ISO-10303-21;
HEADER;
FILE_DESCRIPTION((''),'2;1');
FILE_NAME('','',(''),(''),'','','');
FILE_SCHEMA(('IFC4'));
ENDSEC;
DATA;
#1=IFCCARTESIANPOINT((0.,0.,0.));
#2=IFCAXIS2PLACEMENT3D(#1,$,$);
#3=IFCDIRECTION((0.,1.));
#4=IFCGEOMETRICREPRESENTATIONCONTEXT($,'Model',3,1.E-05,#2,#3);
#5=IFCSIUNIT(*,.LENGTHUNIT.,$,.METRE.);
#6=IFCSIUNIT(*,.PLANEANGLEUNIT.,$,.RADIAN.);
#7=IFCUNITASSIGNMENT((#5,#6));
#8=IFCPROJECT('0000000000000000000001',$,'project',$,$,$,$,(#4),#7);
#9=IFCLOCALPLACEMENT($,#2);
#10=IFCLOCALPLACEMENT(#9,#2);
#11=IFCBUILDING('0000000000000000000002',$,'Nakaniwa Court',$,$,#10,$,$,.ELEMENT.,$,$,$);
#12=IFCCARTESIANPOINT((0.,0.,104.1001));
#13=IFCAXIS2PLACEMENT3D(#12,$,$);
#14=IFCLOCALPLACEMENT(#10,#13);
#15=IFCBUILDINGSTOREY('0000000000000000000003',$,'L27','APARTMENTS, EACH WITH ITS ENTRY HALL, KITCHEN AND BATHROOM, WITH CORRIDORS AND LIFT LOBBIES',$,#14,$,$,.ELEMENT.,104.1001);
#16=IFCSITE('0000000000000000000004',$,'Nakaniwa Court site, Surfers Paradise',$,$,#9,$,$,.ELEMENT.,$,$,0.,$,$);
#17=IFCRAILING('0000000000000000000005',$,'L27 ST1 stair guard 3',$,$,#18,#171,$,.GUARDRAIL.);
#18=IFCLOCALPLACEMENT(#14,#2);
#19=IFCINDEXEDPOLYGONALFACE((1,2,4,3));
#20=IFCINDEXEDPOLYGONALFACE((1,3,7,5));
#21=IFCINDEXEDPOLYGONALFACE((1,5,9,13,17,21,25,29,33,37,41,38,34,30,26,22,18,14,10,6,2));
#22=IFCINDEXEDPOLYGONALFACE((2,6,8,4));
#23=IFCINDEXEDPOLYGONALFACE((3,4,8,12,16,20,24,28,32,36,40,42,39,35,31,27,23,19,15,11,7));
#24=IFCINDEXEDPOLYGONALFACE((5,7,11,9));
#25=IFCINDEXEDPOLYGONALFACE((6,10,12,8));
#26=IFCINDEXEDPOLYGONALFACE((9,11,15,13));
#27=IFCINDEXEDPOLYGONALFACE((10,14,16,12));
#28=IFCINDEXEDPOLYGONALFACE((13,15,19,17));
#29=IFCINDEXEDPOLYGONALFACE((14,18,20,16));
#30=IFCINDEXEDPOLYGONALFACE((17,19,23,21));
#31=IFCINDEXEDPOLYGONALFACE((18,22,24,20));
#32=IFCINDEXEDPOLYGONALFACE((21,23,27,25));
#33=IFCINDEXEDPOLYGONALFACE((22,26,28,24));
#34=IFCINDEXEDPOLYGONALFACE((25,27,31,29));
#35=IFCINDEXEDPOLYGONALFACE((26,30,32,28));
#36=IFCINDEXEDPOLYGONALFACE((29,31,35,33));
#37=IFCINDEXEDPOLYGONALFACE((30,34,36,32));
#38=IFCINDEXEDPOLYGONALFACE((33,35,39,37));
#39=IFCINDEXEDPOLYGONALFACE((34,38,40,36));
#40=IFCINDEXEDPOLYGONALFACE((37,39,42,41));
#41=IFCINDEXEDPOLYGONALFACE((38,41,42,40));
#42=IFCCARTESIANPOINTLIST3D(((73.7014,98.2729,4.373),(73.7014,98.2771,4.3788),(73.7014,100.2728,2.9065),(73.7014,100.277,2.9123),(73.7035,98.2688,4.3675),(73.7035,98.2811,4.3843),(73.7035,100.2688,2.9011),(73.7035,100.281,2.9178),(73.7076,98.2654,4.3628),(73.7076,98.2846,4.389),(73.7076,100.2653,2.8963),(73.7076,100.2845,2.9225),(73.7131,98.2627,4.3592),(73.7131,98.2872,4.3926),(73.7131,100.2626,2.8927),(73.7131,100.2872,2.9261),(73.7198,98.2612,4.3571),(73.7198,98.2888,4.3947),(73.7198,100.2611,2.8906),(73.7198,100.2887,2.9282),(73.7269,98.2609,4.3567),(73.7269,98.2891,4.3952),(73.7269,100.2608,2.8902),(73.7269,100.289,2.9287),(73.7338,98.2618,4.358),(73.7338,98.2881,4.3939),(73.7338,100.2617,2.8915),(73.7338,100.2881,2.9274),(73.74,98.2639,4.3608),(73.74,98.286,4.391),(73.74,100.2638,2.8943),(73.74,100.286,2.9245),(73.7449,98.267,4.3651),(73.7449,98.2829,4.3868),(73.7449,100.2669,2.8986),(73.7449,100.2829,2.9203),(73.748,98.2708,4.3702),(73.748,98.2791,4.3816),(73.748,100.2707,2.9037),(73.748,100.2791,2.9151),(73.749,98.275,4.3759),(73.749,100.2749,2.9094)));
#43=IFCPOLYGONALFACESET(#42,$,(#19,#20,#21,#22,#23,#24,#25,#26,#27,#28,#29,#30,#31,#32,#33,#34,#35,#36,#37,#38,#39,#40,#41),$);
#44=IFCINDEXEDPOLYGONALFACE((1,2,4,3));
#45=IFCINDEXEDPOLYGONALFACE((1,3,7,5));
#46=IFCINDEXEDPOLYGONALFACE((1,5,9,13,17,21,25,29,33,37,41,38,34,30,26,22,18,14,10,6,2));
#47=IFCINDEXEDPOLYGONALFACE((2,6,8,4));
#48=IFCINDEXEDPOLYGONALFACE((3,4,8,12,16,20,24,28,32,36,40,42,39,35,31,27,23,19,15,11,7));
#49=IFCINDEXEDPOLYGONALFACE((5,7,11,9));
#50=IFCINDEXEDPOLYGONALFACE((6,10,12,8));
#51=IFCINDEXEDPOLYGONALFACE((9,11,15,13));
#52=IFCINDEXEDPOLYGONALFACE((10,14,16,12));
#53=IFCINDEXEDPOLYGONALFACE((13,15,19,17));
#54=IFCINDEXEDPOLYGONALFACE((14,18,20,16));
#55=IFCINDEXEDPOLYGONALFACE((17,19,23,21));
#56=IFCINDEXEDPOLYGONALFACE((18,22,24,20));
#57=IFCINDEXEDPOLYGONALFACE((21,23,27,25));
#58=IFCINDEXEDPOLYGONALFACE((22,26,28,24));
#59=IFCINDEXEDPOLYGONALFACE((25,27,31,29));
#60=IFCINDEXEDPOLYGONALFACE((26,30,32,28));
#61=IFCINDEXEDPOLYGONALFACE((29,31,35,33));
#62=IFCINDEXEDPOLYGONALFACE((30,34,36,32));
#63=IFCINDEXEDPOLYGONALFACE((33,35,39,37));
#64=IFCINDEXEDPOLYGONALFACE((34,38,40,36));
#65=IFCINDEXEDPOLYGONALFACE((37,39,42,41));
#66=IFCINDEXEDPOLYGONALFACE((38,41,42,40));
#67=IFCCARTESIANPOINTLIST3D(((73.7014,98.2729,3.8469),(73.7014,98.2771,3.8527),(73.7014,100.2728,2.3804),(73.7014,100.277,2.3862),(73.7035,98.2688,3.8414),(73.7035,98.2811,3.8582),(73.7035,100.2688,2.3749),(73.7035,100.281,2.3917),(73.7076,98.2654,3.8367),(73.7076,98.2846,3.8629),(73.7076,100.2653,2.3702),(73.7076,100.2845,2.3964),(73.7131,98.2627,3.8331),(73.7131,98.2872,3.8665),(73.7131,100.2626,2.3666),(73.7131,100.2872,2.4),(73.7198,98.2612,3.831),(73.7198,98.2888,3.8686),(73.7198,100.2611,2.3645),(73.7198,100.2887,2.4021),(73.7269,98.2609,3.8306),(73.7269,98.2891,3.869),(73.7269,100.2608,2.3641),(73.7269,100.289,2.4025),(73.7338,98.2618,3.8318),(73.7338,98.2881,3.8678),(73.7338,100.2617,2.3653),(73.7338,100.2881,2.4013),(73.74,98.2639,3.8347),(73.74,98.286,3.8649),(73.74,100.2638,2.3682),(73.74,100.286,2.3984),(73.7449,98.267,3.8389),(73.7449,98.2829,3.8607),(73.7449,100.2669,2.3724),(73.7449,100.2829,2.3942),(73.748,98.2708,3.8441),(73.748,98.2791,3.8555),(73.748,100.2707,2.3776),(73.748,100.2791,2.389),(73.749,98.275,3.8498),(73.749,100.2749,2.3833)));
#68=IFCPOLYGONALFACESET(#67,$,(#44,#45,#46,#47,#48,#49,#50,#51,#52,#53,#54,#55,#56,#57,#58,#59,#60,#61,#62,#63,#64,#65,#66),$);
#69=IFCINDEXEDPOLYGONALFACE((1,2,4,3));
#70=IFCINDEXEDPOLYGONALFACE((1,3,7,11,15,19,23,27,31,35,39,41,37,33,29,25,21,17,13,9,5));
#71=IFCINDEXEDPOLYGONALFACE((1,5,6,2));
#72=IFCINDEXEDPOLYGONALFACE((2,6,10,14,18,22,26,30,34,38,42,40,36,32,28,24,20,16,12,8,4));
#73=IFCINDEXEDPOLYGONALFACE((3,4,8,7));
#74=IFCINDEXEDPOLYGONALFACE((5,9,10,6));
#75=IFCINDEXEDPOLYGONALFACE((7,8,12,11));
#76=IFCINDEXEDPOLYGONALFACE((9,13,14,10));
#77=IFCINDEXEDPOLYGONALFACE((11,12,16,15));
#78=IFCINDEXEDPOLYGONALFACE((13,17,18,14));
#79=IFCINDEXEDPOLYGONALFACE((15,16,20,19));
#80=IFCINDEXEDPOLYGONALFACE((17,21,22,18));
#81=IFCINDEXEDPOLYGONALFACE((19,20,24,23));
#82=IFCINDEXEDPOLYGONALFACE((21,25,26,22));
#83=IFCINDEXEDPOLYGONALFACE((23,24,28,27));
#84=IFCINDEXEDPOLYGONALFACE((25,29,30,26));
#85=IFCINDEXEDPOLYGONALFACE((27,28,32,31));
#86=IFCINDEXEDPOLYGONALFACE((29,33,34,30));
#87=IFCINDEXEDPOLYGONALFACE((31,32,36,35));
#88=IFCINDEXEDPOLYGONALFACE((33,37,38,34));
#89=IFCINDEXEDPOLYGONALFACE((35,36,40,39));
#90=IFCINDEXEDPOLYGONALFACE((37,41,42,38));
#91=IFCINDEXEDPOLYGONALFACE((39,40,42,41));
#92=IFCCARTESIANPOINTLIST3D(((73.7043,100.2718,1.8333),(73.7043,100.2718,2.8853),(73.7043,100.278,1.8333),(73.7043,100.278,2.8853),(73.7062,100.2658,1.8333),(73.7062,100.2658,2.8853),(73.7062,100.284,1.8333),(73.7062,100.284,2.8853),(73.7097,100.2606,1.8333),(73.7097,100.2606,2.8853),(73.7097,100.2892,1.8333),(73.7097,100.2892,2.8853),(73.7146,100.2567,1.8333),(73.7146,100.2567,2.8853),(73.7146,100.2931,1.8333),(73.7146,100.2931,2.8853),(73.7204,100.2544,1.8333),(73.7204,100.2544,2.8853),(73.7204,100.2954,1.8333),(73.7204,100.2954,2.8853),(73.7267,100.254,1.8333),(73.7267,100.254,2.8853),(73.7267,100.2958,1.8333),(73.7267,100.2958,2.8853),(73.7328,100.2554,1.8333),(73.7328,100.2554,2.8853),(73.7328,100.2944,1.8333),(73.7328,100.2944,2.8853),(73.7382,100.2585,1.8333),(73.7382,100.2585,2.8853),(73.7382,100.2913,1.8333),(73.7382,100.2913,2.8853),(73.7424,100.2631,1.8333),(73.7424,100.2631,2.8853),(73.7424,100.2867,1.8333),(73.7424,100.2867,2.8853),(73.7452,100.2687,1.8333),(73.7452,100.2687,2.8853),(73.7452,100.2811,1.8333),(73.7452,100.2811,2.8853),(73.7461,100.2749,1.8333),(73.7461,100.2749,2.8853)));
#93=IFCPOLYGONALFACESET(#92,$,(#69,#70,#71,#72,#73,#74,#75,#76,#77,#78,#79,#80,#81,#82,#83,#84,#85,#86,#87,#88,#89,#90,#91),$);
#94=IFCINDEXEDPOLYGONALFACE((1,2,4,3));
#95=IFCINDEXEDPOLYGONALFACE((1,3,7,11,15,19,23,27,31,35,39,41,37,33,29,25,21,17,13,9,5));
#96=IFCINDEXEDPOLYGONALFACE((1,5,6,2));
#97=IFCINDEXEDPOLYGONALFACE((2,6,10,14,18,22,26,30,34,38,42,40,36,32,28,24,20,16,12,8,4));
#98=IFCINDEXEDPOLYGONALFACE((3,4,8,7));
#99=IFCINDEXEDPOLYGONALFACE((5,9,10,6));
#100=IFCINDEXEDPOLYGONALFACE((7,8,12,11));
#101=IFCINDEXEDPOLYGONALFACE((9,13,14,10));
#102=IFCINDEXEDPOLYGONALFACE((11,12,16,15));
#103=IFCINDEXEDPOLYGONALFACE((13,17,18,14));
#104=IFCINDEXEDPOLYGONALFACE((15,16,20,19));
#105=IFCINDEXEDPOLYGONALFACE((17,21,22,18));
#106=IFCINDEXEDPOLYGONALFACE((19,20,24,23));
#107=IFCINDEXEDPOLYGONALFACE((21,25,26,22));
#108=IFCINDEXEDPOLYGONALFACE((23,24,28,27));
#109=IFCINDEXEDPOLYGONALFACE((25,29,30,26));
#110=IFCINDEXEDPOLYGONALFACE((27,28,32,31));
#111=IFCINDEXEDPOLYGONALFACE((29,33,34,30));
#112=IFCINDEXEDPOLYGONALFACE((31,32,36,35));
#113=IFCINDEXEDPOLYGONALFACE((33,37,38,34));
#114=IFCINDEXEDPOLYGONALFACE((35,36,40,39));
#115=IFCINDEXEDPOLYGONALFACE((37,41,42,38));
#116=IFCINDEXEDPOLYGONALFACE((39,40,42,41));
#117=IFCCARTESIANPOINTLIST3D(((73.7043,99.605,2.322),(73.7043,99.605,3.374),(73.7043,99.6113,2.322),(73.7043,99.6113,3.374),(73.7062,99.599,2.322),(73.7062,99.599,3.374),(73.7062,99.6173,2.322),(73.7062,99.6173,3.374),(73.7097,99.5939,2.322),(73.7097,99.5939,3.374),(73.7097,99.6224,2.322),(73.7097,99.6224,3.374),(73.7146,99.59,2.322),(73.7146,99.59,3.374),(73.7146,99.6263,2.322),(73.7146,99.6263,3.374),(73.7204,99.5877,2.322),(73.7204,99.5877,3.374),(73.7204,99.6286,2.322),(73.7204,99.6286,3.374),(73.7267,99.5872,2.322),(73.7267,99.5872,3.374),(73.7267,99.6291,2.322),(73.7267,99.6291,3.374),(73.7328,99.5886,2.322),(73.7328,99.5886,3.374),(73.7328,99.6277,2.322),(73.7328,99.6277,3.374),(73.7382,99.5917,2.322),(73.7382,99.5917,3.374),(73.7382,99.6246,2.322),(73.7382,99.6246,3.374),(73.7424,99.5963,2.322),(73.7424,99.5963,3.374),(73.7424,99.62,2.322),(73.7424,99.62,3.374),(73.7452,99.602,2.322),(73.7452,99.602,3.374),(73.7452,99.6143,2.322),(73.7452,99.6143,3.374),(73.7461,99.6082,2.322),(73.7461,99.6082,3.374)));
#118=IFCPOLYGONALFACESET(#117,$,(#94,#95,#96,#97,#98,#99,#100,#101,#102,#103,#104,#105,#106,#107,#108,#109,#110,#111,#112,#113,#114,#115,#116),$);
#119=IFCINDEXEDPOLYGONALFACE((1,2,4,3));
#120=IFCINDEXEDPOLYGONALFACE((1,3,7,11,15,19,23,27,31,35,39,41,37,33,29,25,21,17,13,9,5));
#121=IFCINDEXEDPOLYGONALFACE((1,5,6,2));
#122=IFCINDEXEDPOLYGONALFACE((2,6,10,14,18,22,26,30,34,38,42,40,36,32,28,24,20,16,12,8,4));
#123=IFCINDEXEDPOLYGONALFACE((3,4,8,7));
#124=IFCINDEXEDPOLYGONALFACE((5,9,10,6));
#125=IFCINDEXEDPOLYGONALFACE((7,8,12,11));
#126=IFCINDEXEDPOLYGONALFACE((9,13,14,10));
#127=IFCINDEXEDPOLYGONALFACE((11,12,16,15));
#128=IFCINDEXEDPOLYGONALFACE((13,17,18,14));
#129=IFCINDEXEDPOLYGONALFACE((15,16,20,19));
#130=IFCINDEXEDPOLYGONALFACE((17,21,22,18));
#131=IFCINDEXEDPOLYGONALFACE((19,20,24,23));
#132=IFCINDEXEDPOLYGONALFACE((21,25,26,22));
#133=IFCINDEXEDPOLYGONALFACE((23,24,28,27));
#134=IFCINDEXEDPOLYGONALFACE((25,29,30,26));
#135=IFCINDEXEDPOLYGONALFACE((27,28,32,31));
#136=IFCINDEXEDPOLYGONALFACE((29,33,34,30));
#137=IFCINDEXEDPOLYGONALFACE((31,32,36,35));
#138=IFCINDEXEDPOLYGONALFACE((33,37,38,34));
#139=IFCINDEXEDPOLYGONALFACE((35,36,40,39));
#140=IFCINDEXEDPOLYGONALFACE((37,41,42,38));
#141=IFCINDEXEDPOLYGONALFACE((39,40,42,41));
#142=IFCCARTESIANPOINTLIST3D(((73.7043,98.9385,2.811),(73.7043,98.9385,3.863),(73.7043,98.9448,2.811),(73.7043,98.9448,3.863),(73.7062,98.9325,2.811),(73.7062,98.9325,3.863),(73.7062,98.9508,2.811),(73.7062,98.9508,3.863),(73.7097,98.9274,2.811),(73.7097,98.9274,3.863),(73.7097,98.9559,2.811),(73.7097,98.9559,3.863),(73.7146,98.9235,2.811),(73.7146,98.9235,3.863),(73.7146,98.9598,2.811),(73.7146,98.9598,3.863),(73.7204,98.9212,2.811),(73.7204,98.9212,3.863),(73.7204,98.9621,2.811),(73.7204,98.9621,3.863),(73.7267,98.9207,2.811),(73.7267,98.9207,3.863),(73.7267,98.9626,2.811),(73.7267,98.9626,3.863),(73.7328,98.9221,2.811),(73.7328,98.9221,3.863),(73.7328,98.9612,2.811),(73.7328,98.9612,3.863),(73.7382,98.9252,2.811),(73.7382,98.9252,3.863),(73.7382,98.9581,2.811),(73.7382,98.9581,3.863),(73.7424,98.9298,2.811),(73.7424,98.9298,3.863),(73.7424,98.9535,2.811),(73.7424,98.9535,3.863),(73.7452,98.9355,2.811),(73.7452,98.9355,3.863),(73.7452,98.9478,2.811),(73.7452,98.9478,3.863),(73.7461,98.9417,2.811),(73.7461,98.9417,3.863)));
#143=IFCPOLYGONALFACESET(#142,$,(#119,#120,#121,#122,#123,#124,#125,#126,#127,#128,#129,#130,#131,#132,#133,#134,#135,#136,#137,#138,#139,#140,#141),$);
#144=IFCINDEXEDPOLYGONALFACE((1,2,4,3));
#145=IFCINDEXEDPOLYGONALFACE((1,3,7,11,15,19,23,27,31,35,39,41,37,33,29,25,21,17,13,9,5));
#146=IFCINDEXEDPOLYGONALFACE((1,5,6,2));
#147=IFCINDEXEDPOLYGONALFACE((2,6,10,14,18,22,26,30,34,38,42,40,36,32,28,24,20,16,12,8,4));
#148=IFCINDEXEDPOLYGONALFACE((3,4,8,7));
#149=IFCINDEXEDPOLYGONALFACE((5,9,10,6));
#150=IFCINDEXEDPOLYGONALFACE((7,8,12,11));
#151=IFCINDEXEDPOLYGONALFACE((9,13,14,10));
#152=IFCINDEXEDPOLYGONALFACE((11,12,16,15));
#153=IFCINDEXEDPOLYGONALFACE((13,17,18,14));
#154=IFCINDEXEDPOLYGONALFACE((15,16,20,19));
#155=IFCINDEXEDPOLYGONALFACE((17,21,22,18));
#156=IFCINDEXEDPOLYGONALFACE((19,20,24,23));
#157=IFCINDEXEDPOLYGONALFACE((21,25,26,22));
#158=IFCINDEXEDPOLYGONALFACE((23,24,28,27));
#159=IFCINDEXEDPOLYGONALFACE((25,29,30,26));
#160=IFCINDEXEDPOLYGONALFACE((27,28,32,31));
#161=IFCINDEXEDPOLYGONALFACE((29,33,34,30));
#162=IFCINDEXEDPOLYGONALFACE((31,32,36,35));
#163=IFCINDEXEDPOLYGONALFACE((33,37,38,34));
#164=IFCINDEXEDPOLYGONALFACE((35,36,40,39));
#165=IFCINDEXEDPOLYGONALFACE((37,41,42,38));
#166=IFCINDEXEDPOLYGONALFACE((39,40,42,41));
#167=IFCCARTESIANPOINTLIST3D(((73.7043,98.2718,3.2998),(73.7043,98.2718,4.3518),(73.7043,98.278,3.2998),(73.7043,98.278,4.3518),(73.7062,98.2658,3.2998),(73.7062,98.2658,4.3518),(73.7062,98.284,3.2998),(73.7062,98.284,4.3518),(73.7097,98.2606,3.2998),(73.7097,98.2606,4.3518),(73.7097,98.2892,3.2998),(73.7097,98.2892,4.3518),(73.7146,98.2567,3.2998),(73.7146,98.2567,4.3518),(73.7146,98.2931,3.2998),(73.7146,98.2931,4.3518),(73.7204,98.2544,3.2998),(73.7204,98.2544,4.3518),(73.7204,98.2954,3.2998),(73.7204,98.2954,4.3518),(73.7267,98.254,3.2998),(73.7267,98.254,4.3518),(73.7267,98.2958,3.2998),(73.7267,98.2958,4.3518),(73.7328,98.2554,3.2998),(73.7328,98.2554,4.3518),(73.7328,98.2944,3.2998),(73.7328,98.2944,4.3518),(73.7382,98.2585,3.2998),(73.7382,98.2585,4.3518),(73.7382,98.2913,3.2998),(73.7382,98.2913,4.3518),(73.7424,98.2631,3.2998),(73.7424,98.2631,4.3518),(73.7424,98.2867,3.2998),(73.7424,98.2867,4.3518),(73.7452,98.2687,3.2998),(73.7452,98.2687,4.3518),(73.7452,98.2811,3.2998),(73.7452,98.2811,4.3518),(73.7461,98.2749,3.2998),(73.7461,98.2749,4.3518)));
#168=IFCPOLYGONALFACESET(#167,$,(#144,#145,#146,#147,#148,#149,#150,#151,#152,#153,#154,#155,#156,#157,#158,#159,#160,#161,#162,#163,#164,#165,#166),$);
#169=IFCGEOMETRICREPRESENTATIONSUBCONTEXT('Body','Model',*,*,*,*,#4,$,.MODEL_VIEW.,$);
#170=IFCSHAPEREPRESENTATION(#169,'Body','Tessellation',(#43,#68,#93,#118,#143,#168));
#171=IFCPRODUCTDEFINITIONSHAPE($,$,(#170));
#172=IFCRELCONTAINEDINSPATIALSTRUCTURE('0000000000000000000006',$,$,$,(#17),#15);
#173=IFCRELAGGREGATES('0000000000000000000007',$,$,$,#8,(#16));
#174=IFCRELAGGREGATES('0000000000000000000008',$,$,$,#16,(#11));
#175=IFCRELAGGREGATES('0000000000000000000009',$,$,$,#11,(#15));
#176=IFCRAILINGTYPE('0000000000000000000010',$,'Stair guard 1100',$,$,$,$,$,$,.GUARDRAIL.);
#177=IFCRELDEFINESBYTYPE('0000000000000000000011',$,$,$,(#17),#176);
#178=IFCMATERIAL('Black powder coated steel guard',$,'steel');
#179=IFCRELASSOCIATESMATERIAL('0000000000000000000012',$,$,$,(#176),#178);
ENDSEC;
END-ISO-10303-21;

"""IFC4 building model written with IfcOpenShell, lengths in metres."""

from ifc_helpers import new_model, si_unit, direction, frame, origin, origin_2d, place, context, subcontext, project, spatial, circle, extrude, material, type_object, element, save


model = new_model("IFC4")

# Units and contexts
model_context = context("Model", 3, precision=1e-05, world=origin(), true_north=direction((0.0, 1.0)))
body_context = subcontext(model_context, "Body", "Model", "MODEL_VIEW")
ifc_project = project(units=[si_unit("LENGTHUNIT", "METRE"), si_unit("PLANEANGLEUNIT", "RADIAN")], contexts=[model_context])

# Site, building, storey
site_placement = place(None, origin())
site = spatial("IfcSite", under=ifc_project, at=site_placement, Name="Nakaniwa Court site, Surfers Paradise", CompositionType="ELEMENT", RefElevation=0.0)
building_placement = place(site_placement, origin())
building = spatial("IfcBuilding", under=site, at=building_placement, Name="Nakaniwa Court", CompositionType="ELEMENT")
storey_placement = place(building_placement, frame((0.0, 0.0, 104.1001)))
storey = spatial("IfcBuildingStorey", under=building, at=storey_placement, Name="L27", Description="APARTMENTS, EACH WITH ITS ENTRY HALL, KITCHEN AND BATHROOM, WITH CORRIDORS AND LIFT LOBBIES", CompositionType="ELEMENT", Elevation=104.1001)

# Railing
ifc_material_1 = material(Name="Black powder coated steel guard", Category="steel")
railing_type_1 = type_object("IfcRailingType", Name="Stair guard 1100", PredefinedType="GUARDRAIL", material=ifc_material_1)
railing_1_placement = place(storey_placement, frame((73.7251, 100.2749, 1.8333)))
element("IfcRailing", 1, at=railing_1_placement, inside=storey, type_object=railing_type_1, Name="L27 ST1 stair guard 3", PredefinedType="GUARDRAIL", context=body_context, shape_type="SweptSolid", body=[
    extrude(circle(Radius=0.0239, at=origin_2d()), frame((0.0, 0.0, 1.0762), z_axis=(0.0, -0.806427, 0.591334), x_axis=(1.0, 0.0, 0.0)), (0.0, 0.0, 1.0), 2.48),
    extrude(circle(Radius=0.0239, at=origin_2d()), frame((0.0, 0.0, 0.55), z_axis=(0.0, -0.806427, 0.591334), x_axis=(1.0, 0.0, 0.0)), (0.0, 0.0, 1.0), 2.48),
    extrude(circle(Radius=0.021, at=origin_2d()), origin(), (0.0, 0.0, 1.0), 1.052),
    extrude(circle(Radius=0.021, at=origin_2d()), frame((0.0, -0.6667, 0.4888)), (0.0, 0.0, 1.0), 1.052),
    extrude(circle(Radius=0.021, at=origin_2d()), frame((0.0, -1.3333, 0.9778)), (0.0, 0.0, 1.0), 1.052),
    extrude(circle(Radius=0.021, at=origin_2d()), frame((0.0, -2.0, 1.4666)), (0.0, 0.0, 1.0), 1.052),
])

save(model, "model.ifc")
